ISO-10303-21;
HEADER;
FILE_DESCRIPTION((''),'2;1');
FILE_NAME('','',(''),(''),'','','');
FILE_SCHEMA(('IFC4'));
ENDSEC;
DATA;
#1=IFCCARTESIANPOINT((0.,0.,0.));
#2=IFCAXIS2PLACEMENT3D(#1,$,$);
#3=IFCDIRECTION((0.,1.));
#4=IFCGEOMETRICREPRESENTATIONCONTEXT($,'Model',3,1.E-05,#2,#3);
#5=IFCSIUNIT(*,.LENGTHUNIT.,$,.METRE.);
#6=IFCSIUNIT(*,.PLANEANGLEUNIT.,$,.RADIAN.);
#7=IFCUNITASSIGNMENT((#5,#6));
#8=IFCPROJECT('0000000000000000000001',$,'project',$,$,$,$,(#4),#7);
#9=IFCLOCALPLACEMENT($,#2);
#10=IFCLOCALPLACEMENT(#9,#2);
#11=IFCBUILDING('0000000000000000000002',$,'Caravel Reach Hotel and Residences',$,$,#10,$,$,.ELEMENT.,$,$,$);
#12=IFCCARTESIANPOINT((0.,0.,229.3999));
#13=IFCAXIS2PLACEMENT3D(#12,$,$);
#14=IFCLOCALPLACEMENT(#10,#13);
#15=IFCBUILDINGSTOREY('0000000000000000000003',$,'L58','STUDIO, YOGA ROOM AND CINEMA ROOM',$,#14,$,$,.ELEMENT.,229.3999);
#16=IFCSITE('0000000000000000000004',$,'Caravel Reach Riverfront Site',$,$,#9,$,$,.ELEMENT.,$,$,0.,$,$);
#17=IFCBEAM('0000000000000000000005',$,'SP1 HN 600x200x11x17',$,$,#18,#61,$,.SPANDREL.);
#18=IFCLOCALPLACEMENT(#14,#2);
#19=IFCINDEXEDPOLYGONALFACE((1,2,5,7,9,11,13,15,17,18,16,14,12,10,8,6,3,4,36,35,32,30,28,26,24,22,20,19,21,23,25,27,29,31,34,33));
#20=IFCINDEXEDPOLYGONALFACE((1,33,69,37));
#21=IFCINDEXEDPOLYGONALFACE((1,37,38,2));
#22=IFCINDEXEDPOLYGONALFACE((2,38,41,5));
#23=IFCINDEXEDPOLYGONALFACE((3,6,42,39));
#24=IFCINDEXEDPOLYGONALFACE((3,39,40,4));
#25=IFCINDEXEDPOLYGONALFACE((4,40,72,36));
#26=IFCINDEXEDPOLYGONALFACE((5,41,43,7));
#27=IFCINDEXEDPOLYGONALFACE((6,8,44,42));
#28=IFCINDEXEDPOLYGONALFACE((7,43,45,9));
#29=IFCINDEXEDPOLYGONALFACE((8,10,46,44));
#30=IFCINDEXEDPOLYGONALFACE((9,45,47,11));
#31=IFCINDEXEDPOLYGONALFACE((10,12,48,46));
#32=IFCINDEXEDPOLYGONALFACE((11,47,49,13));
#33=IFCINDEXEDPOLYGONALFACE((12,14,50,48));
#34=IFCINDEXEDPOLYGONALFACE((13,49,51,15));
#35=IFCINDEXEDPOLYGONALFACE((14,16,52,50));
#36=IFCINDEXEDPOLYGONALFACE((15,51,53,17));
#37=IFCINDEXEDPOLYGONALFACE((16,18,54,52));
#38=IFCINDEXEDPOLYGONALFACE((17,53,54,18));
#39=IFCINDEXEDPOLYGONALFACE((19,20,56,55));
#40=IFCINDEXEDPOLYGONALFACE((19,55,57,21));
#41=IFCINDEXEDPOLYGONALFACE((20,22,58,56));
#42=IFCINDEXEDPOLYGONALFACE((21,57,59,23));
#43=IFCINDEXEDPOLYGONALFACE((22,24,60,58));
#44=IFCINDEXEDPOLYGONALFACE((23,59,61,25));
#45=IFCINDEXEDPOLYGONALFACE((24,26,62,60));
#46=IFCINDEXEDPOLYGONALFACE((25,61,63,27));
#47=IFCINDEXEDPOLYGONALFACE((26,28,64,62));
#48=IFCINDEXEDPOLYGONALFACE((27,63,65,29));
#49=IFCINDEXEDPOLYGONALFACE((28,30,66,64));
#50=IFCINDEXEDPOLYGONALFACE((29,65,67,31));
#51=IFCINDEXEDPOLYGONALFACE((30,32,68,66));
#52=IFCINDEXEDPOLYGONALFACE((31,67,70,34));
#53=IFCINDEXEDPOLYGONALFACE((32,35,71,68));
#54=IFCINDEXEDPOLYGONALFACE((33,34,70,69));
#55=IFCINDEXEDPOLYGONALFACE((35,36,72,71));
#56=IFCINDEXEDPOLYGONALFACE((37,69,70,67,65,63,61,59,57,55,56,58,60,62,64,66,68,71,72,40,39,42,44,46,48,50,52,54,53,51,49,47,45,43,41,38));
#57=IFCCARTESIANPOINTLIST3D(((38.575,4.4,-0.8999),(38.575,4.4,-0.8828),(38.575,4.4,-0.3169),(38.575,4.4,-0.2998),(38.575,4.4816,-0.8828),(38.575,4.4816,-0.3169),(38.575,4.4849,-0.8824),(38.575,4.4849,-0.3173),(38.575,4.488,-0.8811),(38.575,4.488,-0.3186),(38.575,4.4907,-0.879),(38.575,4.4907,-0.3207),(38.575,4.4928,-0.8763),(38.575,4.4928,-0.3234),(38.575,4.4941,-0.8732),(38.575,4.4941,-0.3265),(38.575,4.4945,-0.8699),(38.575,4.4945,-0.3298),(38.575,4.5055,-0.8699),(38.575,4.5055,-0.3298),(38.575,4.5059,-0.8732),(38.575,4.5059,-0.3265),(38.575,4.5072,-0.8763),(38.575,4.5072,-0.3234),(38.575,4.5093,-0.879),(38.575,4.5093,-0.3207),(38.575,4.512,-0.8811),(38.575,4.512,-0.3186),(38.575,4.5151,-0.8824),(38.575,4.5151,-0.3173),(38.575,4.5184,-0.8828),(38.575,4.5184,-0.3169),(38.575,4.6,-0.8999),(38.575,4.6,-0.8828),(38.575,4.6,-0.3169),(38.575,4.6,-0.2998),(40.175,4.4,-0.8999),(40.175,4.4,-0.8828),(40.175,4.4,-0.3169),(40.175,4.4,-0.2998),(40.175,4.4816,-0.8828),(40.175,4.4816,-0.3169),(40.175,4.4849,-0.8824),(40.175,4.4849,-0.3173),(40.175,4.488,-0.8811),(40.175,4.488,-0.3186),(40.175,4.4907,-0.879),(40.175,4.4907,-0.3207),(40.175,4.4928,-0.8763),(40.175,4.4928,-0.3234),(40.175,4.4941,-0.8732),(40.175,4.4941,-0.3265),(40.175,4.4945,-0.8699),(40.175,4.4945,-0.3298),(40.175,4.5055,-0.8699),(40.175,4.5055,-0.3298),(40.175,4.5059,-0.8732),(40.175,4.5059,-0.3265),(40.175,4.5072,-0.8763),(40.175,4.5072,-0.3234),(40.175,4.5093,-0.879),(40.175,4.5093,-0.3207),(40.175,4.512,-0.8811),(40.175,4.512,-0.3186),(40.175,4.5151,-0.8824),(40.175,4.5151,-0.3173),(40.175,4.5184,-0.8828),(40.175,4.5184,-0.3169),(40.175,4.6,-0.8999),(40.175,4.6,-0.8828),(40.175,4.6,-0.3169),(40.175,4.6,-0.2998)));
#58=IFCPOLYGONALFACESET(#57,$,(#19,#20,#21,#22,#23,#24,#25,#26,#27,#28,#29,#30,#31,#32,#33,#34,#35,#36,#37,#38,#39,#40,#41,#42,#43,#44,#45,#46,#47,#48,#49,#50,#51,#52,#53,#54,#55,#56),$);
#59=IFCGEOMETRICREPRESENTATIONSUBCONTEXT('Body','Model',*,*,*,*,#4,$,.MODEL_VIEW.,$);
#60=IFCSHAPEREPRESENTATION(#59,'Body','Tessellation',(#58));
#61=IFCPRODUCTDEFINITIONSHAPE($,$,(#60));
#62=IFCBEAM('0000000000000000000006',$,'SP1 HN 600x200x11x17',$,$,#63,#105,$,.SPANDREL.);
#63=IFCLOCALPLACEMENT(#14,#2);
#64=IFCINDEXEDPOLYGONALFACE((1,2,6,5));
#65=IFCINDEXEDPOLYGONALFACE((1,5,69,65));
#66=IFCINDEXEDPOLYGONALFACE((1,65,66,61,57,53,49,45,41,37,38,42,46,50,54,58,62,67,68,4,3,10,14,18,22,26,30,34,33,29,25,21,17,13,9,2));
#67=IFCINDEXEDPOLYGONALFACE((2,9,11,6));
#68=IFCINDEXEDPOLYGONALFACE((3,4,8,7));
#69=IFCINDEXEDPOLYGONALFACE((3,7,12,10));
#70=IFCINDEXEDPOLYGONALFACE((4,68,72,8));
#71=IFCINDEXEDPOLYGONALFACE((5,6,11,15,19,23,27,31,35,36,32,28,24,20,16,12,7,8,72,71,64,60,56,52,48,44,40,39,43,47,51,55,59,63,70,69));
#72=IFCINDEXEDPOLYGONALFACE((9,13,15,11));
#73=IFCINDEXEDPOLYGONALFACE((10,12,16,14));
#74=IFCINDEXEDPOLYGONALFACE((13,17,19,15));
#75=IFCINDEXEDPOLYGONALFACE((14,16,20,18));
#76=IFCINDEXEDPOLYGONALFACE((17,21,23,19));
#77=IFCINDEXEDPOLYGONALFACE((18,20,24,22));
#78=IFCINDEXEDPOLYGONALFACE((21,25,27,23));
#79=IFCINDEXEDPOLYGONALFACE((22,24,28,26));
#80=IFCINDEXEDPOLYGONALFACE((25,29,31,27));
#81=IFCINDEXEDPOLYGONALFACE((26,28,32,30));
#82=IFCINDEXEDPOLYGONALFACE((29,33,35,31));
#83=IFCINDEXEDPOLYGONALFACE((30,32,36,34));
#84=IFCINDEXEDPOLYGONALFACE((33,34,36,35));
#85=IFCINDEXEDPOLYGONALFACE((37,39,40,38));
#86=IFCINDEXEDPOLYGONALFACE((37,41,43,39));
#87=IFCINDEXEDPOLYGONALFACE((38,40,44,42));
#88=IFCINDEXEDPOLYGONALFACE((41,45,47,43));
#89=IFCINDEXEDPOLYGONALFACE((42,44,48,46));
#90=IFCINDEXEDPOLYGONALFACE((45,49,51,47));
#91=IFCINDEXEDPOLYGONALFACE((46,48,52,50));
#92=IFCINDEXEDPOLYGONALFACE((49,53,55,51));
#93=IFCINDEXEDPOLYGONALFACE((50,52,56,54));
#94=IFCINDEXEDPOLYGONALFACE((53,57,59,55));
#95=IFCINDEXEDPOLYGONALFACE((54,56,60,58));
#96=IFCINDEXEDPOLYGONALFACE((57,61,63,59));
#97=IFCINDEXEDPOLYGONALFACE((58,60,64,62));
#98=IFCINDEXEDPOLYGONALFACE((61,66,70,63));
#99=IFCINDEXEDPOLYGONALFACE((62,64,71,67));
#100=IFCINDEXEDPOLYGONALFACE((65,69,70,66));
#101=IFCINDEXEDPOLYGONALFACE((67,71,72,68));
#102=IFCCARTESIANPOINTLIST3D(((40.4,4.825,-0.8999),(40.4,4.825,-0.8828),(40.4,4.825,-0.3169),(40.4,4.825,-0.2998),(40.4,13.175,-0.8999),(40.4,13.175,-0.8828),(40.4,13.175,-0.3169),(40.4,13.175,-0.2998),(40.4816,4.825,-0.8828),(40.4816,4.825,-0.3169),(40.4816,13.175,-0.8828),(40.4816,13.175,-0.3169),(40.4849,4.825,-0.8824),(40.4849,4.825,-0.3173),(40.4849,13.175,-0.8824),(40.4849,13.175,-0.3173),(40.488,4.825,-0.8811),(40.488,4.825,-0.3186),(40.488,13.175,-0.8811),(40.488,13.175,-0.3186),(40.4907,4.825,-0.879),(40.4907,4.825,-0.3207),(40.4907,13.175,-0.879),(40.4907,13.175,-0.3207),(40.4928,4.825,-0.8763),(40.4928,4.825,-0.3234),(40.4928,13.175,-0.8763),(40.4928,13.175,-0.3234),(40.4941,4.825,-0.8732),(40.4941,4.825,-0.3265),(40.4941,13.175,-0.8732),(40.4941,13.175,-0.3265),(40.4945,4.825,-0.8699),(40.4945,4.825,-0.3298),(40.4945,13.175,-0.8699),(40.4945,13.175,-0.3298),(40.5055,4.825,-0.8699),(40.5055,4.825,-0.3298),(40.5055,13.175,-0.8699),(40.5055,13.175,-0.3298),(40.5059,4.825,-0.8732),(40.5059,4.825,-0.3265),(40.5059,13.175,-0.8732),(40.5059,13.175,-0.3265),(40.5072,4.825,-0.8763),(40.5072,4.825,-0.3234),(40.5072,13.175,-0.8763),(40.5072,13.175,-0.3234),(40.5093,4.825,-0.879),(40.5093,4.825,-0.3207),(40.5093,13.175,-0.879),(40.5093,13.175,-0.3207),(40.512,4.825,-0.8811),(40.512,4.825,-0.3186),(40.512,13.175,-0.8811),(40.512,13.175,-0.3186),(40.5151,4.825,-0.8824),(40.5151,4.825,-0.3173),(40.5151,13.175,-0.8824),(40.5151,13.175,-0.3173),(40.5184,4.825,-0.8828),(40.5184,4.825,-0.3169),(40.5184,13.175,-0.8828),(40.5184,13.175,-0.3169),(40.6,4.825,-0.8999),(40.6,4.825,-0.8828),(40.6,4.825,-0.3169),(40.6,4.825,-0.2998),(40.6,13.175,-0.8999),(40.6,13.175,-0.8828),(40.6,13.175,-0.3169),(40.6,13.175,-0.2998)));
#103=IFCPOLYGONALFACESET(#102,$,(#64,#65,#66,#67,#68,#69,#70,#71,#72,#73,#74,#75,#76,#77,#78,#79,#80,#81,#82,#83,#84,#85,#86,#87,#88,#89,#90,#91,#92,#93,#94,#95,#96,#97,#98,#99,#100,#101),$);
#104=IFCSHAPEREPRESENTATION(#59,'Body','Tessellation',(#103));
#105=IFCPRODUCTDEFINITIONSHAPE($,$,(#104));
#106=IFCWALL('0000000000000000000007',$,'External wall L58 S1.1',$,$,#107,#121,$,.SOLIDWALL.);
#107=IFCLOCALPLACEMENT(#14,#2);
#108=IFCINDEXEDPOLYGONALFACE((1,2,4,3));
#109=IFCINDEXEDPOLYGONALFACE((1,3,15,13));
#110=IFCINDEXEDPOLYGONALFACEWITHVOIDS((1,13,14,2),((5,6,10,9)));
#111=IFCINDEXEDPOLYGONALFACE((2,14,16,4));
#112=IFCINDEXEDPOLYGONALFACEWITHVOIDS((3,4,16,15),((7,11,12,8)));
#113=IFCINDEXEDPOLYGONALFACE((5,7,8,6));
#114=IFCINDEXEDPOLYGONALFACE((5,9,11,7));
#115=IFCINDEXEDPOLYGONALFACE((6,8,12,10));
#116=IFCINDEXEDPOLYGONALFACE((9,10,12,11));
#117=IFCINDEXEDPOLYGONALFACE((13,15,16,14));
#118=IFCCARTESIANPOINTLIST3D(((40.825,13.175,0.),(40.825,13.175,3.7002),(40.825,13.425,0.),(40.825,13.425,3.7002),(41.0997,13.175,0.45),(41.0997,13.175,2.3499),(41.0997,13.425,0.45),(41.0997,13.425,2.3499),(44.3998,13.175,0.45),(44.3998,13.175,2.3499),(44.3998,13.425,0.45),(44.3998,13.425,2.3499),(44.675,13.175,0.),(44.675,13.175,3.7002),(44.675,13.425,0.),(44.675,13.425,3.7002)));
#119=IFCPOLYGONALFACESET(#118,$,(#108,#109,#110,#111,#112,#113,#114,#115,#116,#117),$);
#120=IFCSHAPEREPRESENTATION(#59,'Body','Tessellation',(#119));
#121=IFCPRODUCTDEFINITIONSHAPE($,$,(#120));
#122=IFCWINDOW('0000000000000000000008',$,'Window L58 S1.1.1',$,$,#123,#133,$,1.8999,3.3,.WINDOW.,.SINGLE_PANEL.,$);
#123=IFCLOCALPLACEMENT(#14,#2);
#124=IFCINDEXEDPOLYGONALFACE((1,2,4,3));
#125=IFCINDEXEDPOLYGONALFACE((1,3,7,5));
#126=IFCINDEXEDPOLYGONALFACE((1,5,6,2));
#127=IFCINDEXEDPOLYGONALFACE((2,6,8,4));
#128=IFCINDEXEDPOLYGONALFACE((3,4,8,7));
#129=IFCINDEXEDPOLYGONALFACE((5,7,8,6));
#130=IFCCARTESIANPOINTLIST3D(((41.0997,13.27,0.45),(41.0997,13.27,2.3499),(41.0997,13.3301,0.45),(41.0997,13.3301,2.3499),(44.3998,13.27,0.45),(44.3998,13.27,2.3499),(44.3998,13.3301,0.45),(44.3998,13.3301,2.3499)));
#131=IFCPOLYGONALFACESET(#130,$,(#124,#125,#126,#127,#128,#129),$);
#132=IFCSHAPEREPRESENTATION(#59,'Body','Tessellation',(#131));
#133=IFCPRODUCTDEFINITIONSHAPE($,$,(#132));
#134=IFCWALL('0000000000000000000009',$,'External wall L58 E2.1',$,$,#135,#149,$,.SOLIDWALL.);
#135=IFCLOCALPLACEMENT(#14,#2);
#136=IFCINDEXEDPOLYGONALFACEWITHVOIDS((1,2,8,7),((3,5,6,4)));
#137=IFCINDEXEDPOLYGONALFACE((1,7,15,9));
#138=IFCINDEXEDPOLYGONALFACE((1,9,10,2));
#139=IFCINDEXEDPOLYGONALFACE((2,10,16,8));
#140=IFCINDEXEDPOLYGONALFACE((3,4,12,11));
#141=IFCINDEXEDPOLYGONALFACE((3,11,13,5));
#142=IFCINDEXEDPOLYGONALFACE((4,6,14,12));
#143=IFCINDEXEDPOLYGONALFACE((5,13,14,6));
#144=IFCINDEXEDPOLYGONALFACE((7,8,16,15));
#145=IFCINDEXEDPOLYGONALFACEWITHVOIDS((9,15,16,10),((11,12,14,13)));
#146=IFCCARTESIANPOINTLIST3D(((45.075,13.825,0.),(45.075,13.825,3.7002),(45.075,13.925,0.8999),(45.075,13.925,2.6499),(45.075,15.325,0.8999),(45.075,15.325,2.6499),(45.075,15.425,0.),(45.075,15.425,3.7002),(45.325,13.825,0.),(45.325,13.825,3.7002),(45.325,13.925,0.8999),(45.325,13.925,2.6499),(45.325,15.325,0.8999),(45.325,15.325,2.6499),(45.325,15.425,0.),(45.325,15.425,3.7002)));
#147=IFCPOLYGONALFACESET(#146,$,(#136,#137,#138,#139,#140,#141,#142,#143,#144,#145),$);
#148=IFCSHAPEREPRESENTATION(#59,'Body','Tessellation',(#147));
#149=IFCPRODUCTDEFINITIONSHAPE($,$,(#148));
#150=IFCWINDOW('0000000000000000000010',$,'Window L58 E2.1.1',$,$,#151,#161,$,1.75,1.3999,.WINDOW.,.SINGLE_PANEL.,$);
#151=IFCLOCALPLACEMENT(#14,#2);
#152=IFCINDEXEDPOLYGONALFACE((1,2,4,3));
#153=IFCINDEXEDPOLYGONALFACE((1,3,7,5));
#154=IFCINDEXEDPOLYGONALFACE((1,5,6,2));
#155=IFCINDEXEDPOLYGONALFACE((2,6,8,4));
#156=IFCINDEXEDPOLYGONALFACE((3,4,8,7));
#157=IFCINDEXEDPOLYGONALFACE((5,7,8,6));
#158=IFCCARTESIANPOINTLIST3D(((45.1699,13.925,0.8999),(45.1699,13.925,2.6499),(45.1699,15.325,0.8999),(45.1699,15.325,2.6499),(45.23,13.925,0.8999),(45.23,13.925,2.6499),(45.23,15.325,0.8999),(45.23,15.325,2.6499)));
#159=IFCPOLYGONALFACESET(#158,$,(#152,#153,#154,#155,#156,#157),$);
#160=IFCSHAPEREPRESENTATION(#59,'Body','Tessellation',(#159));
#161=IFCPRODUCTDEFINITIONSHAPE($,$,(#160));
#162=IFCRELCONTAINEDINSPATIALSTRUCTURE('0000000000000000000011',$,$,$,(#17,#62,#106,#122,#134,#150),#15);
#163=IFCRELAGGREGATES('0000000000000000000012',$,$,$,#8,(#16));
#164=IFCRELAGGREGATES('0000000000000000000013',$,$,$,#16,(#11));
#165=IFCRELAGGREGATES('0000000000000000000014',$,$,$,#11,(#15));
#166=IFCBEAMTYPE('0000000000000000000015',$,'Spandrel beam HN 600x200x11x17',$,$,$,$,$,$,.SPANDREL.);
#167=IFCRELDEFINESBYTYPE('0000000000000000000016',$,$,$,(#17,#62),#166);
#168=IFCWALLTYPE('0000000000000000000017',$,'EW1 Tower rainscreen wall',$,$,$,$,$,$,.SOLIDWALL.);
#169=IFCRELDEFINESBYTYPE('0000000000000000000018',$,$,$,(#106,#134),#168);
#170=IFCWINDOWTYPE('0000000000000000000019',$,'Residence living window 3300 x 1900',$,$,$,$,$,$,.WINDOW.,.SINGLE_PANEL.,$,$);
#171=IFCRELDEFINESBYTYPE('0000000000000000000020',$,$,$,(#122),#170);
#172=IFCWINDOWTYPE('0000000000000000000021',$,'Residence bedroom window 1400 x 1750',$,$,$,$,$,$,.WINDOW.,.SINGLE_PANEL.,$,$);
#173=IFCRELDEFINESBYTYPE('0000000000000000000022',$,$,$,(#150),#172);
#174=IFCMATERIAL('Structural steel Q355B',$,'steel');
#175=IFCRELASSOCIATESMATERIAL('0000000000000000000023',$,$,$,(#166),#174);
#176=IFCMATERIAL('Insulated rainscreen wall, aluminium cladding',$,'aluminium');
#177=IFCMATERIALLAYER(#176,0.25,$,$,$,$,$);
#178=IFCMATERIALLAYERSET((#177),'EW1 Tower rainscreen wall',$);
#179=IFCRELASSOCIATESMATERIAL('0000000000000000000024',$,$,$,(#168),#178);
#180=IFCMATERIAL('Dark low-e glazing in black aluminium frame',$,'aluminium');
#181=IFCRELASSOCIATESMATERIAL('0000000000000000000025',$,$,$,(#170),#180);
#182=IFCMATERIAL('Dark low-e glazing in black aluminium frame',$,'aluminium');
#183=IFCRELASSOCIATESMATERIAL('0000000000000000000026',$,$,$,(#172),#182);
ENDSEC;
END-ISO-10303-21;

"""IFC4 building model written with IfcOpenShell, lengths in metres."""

from ifc_helpers import new_model, si_unit, direction, frame, frame_2d, origin, origin_2d, place, context, subcontext, project, spatial, rectangle, i_section, extrude, material, layer, layer_set, material_profile, profile_set, type_object, element, fill, save


model = new_model("IFC4")

# Units and contexts
model_context = context("Model", 3, precision=1e-05, world=origin(), true_north=direction((0.0, 1.0)))
body_context = subcontext(model_context, "Body", "Model", "MODEL_VIEW")
ifc_project = project(units=[si_unit("LENGTHUNIT", "METRE"), si_unit("PLANEANGLEUNIT", "RADIAN")], contexts=[model_context])

# Site, building, storey
site_placement = place(None, origin())
site = spatial("IfcSite", under=ifc_project, at=site_placement, Name="Caravel Reach Riverfront Site", CompositionType="ELEMENT", RefElevation=0.0)
building_placement = place(site_placement, origin())
building = spatial("IfcBuilding", under=site, at=building_placement, Name="Caravel Reach Hotel and Residences", CompositionType="ELEMENT")
storey_placement = place(building_placement, frame((0.0, 0.0, 229.3999)))
storey = spatial("IfcBuildingStorey", under=building, at=storey_placement, Name="L58", Description="STUDIO, YOGA ROOM AND CINEMA ROOM", CompositionType="ELEMENT", Elevation=229.3999)

# Beams
ifc_material_1 = material(Name="Structural steel Q355B", Category="steel")
ifc_material_profile_1 = material_profile(ifc_material_1, i_section(OverallWidth=0.2, OverallDepth=0.6001, WebThickness=0.011, FlangeThickness=0.0171, FilletRadius=0.0129, at=origin_2d()), Name="HN 600x200x11x17")
ifc_profile_set_1 = profile_set([ifc_material_profile_1], Name="Structural steel Q355B")
beam_type = type_object("IfcBeamType", Name="Spandrel beam HN 600x200x11x17", PredefinedType="SPANDREL", material=ifc_profile_set_1)
for number, where, z_axis, x_axis, name in (
    (1, (38.575, 4.5, -0.5999), (1.0, 0.0, 0.0), (0.0, 1.0, 0.0), "SP1 HN 600x200x11x17"),
):
    element("IfcBeam", number, at=place(storey_placement, frame(where, z_axis=z_axis, x_axis=x_axis)), inside=storey, type_object=beam_type, Name=name, PredefinedType="SPANDREL", context=body_context, shape_type="SweptSolid", body=[
        extrude(i_section(OverallWidth=0.2, OverallDepth=0.6001, WebThickness=0.011, FlangeThickness=0.0171, FilletRadius=0.0129, at=origin_2d()), origin(), (0.0, 0.0, 1.0), 1.6001),
    ])
beam_1_placement = place(storey_placement, frame((40.5, 4.825, -0.5999), z_axis=(0.0, 1.0, 0.0), x_axis=(-1.0, 0.0, 0.0)))
element("IfcBeam", 2, at=beam_1_placement, inside=storey, type_object=beam_type, Name="SP1 HN 600x200x11x17", PredefinedType="SPANDREL", context=body_context, shape_type="SweptSolid", body=[
    extrude(i_section(OverallWidth=0.2, OverallDepth=0.6001, WebThickness=0.011, FlangeThickness=0.0171, FilletRadius=0.0129, at=origin_2d()), origin(), (0.0, 0.0, 1.0), 8.3501),
])

# Walls, openings, windows
ifc_material_2 = material(Name="Insulated rainscreen wall, aluminium cladding", Category="aluminium")
ifc_layer = layer(ifc_material_2, 0.25)
ifc_layer_set = layer_set([ifc_layer], Name="EW1 Tower rainscreen wall")
wall_type = type_object("IfcWallType", Name="EW1 Tower rainscreen wall", PredefinedType="SOLIDWALL", material=ifc_layer_set)
wall_1_placement = place(storey_placement, frame((40.825, 13.3, 0.0), z_axis=(0.0, 0.0, 1.0), x_axis=(1.0, 0.0, 0.0)))
wall_1 = element("IfcWall", 3, at=wall_1_placement, inside=storey, type_object=wall_type, Name="External wall L58 S1.1", PredefinedType="SOLIDWALL", context=body_context, shape_type="SweptSolid", body=[
    extrude(rectangle(XDim=3.8501, YDim=0.25, at=frame_2d((1.925, 0.0))), origin(), (0.0, 0.0, 1.0), 3.7002),
])
opening_1_placement = place(wall_1_placement, frame((0.2749, 0.0, 0.45)))
opening_1 = element("IfcOpeningElement", 4, at=opening_1_placement, cuts=wall_1, PredefinedType="OPENING", context=body_context, shape_type="SweptSolid", body=[
    extrude(rectangle(XDim=3.3, YDim=1.8999, at=frame_2d((1.6499, 0.95))), frame((0.0, 0.135, 0.0), z_axis=(0.0, -1.0, 0.0), x_axis=(1.0, 0.0, 0.0)), (0.0, 0.0, 1.0), 0.27),
])
ifc_material_3 = material(Name="Dark low-e glazing in black aluminium frame", Category="aluminium")
window_type_1 = type_object("IfcWindowType", Name="Residence living window 3300 x 1900", PartitioningType="SINGLE_PANEL", PredefinedType="WINDOW", material=ifc_material_3)
window_1_placement = place(opening_1_placement, origin())
window_1 = element("IfcWindow", 5, at=window_1_placement, inside=storey, type_object=window_type_1, Name="Window L58 S1.1.1", OverallHeight=1.8999, OverallWidth=3.3, PartitioningType="SINGLE_PANEL", PredefinedType="WINDOW", context=body_context, shape_type="SweptSolid", body=[
    extrude(rectangle(XDim=3.3, YDim=1.8999, at=frame_2d((1.6499, 0.95))), frame((0.0, 0.03, 0.0), z_axis=(0.0, -1.0, 0.0), x_axis=(1.0, 0.0, 0.0)), (0.0, 0.0, 1.0), 0.0601),
])
fill(opening_1, window_1)
wall_2_placement = place(storey_placement, frame((45.2, 13.825, 0.0), z_axis=(0.0, 0.0, 1.0), x_axis=(0.0, 1.0, 0.0)))
wall_2 = element("IfcWall", 6, at=wall_2_placement, inside=storey, type_object=wall_type, Name="External wall L58 E2.1", PredefinedType="SOLIDWALL", context=body_context, shape_type="SweptSolid", body=[
    extrude(rectangle(XDim=1.6001, YDim=0.25, at=frame_2d((0.8, 0.0))), origin(), (0.0, 0.0, 1.0), 3.7002),
])
opening_2_placement = place(wall_2_placement, frame((0.1001, 0.0, 0.8999)))
opening_2 = element("IfcOpeningElement", 7, at=opening_2_placement, cuts=wall_2, PredefinedType="OPENING", context=body_context, shape_type="SweptSolid", body=[
    extrude(rectangle(XDim=1.3999, YDim=1.75, at=frame_2d((0.7, 0.875))), frame((0.0, 0.135, 0.0), z_axis=(0.0, -1.0, 0.0), x_axis=(1.0, 0.0, 0.0)), (0.0, 0.0, 1.0), 0.27),
])
ifc_material_4 = material(Name="Dark low-e glazing in black aluminium frame", Category="aluminium")
window_type_2 = type_object("IfcWindowType", Name="Residence bedroom window 1400 x 1750", PartitioningType="SINGLE_PANEL", PredefinedType="WINDOW", material=ifc_material_4)
window_2_placement = place(opening_2_placement, origin())
window_2 = element("IfcWindow", 8, at=window_2_placement, inside=storey, type_object=window_type_2, Name="Window L58 E2.1.1", OverallHeight=1.75, OverallWidth=1.3999, PartitioningType="SINGLE_PANEL", PredefinedType="WINDOW", context=body_context, shape_type="SweptSolid", body=[
    extrude(rectangle(XDim=1.3999, YDim=1.75, at=frame_2d((0.7, 0.875))), frame((0.0, 0.03, 0.0), z_axis=(0.0, -1.0, 0.0), x_axis=(1.0, 0.0, 0.0)), (0.0, 0.0, 1.0), 0.0601),
])
fill(opening_2, window_2)

save(model, "model.ifc")
